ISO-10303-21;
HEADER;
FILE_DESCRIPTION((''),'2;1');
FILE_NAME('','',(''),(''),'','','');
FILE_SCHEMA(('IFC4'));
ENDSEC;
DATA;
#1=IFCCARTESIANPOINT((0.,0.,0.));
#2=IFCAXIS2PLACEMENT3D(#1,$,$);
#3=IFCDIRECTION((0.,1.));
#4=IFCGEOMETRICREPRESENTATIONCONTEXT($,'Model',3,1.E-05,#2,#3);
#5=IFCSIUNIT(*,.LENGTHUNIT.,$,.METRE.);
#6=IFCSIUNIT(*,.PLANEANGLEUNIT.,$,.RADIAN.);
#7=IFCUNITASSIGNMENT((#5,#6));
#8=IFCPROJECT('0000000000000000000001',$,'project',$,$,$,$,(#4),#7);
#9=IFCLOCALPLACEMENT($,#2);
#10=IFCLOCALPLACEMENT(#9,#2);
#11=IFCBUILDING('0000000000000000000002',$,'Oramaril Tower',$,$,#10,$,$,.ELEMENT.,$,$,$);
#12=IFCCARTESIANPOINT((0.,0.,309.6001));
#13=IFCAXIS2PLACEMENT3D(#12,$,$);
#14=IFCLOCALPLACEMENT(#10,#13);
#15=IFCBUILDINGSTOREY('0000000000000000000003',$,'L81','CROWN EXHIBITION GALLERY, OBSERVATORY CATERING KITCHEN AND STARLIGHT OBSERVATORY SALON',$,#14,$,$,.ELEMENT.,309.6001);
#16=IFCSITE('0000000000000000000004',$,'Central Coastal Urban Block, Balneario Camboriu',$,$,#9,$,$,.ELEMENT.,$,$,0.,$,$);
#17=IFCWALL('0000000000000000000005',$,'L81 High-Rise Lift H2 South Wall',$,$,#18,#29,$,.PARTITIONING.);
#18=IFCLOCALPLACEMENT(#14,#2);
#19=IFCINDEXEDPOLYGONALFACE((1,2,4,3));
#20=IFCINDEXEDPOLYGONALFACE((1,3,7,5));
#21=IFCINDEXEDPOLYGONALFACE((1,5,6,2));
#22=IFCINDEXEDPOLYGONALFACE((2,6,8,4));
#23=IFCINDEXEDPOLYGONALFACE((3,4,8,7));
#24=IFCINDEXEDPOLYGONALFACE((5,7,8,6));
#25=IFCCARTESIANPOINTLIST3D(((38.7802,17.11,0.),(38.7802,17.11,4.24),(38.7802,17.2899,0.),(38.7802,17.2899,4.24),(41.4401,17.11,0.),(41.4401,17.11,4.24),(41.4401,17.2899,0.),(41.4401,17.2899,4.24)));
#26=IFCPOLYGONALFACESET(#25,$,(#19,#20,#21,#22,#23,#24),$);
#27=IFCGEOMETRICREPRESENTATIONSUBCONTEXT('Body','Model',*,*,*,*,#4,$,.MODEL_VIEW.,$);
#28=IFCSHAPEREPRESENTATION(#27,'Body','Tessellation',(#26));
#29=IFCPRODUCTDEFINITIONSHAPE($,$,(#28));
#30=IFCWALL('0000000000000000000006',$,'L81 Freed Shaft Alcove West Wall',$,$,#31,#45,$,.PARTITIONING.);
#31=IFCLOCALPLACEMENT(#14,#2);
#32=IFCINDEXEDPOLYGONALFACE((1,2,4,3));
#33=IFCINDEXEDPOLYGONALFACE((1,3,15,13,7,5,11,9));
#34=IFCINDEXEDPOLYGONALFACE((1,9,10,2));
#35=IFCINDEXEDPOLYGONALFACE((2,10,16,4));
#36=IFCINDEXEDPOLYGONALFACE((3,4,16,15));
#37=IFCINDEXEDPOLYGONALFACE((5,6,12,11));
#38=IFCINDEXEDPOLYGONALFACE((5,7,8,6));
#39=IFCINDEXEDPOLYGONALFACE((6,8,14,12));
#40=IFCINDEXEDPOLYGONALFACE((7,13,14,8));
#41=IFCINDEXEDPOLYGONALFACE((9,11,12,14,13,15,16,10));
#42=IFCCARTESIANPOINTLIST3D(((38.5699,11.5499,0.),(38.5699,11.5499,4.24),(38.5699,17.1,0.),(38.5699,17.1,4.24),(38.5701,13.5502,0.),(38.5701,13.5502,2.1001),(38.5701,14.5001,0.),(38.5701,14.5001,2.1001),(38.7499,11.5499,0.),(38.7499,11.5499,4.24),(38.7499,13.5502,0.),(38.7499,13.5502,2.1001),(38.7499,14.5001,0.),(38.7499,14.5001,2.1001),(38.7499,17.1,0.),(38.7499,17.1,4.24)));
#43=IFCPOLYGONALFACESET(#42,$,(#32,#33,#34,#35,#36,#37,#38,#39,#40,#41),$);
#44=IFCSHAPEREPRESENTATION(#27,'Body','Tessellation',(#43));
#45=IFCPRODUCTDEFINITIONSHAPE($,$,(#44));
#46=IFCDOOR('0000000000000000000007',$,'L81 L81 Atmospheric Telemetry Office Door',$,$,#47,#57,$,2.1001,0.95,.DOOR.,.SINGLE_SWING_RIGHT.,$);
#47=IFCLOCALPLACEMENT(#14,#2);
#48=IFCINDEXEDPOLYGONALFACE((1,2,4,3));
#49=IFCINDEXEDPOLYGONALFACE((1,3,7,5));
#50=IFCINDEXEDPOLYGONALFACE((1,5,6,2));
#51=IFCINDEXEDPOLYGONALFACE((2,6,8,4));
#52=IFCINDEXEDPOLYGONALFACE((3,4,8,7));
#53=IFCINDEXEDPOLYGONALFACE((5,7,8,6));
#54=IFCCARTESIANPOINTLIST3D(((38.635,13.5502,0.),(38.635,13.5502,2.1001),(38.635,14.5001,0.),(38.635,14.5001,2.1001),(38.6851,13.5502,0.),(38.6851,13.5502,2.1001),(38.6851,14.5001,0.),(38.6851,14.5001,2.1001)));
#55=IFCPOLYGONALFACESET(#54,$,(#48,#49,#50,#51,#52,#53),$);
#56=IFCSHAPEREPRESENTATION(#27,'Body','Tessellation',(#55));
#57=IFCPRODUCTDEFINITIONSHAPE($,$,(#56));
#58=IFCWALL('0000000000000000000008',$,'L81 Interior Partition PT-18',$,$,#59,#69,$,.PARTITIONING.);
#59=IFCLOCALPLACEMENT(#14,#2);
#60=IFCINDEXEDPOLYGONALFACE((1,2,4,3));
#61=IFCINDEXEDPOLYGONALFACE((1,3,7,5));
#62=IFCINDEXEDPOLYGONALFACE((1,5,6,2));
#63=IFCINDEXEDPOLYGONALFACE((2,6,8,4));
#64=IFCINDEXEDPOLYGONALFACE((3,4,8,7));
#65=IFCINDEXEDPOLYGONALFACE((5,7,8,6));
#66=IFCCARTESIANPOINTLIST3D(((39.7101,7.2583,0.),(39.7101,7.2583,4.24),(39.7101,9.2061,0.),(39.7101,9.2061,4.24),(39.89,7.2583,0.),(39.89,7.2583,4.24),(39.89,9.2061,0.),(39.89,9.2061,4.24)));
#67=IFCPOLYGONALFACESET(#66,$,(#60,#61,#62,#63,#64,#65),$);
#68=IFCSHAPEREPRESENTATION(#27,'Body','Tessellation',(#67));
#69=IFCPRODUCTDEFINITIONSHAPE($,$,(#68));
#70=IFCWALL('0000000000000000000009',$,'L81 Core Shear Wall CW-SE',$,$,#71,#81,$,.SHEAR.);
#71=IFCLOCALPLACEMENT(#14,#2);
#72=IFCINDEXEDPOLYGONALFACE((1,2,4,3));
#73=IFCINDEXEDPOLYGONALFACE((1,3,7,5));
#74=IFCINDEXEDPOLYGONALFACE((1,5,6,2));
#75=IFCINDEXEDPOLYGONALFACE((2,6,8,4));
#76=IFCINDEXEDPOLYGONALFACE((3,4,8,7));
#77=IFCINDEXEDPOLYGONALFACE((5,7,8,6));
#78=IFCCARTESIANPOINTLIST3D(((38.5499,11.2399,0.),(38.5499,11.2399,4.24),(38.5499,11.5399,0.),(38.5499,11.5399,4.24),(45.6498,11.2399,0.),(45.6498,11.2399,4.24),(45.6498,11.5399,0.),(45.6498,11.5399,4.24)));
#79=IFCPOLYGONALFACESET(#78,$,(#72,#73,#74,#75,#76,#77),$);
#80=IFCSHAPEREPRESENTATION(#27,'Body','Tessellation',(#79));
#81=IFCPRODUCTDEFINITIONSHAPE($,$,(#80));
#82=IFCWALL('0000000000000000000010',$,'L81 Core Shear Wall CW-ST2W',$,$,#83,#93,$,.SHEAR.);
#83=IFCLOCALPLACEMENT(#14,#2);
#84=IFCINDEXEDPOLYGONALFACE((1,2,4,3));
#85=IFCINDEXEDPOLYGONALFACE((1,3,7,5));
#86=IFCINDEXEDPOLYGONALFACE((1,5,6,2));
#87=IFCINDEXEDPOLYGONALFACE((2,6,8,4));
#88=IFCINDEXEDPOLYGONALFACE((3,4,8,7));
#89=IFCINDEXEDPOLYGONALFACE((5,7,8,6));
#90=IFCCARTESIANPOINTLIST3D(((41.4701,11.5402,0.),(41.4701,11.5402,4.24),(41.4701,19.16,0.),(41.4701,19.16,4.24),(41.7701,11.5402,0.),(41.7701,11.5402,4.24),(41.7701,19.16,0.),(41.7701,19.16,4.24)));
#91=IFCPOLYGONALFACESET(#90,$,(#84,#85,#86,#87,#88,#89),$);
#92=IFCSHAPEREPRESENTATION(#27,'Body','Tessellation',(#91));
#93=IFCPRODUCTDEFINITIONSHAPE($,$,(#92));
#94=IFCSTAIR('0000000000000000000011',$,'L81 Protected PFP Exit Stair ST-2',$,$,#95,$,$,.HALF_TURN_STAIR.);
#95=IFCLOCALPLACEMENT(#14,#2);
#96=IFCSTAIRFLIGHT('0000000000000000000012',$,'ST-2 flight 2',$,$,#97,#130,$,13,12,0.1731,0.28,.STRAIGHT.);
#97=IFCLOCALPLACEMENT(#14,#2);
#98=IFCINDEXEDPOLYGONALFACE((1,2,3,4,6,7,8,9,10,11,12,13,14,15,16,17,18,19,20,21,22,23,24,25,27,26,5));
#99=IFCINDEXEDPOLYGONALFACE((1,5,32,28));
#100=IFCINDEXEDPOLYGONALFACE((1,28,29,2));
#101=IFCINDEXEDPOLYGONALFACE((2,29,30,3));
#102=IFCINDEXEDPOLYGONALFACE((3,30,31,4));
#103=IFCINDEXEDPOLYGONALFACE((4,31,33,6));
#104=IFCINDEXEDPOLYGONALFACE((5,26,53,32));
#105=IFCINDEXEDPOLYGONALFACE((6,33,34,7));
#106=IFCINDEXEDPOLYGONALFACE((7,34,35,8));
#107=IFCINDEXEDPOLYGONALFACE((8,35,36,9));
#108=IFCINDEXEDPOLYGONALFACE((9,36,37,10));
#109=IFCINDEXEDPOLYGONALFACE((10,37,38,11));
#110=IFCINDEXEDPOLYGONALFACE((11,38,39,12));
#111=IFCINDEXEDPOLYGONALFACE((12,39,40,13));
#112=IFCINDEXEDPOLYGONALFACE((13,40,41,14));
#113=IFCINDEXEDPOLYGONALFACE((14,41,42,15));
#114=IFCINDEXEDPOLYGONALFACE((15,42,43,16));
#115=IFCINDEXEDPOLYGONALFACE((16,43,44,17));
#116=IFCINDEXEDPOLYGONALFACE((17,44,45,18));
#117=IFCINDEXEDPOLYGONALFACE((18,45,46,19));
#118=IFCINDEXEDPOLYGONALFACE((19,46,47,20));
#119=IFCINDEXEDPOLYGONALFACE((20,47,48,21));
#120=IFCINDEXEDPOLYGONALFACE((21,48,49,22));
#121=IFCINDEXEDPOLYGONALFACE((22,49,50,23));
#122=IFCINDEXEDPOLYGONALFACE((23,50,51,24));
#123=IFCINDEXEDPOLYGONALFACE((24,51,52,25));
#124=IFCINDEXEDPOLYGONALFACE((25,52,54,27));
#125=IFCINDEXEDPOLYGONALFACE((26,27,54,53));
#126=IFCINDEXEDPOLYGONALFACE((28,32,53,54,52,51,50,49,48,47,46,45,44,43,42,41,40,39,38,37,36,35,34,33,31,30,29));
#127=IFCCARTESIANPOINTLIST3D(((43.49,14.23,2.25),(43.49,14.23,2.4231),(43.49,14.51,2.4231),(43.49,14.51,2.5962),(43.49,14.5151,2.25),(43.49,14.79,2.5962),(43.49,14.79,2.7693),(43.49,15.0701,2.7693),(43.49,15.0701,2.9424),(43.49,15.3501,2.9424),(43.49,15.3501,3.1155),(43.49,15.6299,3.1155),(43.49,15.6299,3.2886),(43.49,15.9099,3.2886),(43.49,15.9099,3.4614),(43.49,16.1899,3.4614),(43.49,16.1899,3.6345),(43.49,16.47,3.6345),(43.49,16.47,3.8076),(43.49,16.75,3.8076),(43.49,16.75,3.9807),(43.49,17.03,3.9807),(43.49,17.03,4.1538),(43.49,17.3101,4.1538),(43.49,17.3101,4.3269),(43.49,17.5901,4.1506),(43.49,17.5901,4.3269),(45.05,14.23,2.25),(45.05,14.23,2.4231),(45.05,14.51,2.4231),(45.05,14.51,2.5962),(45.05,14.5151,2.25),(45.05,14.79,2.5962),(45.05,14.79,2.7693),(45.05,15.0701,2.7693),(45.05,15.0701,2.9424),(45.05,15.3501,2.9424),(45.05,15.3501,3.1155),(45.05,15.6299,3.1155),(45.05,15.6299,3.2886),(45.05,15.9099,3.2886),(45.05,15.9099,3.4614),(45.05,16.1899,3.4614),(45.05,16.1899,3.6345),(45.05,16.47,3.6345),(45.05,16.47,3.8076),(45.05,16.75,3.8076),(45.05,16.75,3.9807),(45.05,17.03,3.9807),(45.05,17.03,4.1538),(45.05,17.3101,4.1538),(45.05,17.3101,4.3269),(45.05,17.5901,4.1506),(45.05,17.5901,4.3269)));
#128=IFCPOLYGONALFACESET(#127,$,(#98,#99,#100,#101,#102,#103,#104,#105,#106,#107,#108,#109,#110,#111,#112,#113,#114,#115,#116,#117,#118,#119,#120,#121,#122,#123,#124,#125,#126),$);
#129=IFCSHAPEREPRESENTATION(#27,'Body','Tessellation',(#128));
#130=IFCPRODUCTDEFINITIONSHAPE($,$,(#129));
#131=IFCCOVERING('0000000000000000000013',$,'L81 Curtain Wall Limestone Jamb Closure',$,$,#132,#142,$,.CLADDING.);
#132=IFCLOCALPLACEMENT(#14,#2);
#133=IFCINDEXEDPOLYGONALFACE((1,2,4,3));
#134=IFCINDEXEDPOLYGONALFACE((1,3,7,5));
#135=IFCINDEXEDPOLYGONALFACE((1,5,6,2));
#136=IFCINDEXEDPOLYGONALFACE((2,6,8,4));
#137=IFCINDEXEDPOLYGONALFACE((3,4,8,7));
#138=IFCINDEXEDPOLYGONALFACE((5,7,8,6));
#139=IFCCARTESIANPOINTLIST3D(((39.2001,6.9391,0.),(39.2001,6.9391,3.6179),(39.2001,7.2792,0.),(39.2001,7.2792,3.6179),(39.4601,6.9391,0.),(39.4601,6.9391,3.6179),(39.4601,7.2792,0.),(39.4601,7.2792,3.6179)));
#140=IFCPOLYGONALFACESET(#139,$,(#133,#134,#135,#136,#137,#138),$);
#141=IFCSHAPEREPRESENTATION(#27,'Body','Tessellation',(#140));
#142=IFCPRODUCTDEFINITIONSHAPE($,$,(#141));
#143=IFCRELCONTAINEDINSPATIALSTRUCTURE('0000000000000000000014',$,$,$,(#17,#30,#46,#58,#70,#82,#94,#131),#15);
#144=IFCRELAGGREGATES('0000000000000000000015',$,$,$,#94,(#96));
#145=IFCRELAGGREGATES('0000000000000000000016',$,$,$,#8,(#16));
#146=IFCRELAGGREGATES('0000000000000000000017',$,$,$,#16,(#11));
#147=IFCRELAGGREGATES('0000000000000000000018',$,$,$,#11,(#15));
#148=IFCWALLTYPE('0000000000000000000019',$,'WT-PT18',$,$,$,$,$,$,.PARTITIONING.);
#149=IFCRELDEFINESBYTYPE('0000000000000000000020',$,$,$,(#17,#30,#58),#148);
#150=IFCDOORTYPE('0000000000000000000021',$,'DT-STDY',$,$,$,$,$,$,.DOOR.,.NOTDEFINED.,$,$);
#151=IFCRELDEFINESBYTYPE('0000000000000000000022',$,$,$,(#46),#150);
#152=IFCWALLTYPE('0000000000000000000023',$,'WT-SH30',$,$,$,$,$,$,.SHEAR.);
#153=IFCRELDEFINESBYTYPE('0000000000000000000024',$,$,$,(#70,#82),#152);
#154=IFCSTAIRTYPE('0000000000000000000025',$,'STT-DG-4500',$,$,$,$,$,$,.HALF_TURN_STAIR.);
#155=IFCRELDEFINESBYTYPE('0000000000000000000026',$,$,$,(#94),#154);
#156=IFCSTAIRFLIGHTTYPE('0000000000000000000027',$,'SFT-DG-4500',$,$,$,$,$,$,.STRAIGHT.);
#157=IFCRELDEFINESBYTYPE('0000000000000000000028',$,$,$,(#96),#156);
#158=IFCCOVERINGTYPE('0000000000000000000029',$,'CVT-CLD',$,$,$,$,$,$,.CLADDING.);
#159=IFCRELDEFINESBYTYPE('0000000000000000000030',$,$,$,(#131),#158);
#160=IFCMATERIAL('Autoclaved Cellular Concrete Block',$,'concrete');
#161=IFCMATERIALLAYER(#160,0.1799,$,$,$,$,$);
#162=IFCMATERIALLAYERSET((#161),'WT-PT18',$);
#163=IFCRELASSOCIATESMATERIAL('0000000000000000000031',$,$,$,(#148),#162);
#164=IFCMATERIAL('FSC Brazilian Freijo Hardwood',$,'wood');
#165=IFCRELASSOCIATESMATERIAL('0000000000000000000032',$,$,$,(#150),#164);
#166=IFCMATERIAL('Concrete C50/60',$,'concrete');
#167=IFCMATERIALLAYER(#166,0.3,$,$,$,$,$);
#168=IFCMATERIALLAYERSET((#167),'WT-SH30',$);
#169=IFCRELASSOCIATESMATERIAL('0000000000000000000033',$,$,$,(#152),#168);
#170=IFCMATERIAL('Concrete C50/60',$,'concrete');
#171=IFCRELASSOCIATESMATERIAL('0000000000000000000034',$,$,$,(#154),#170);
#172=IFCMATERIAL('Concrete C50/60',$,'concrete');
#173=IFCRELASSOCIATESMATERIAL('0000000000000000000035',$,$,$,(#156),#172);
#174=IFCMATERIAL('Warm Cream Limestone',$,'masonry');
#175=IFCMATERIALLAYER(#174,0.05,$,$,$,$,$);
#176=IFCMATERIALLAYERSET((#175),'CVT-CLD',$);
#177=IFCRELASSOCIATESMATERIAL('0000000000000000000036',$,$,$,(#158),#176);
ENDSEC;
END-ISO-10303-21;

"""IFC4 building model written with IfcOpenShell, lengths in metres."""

from ifc_helpers import new_model, si_unit, direction, frame, frame_2d, origin, origin_2d, place, context, subcontext, project, spatial, polyline, rectangle, outline, extrude, material, layer, layer_set, type_object, element, fill, aggregate, save


model = new_model("IFC4")

# Units and contexts
model_context = context("Model", 3, precision=1e-05, world=origin(), true_north=direction((0.0, 1.0)))
body_context = subcontext(model_context, "Body", "Model", "MODEL_VIEW")
ifc_project = project(units=[si_unit("LENGTHUNIT", "METRE"), si_unit("PLANEANGLEUNIT", "RADIAN")], contexts=[model_context])

# Site, building, storey
site_placement = place(None, origin())
site = spatial("IfcSite", under=ifc_project, at=site_placement, Name="Central Coastal Urban Block, Balneario Camboriu", CompositionType="ELEMENT", RefElevation=0.0)
building_placement = place(site_placement, origin())
building = spatial("IfcBuilding", under=site, at=building_placement, Name="Oramaril Tower", CompositionType="ELEMENT")
storey_placement = place(building_placement, frame((0.0, 0.0, 309.6001)))
storey = spatial("IfcBuildingStorey", under=building, at=storey_placement, Name="L81", Description="CROWN EXHIBITION GALLERY, OBSERVATORY CATERING KITCHEN AND STARLIGHT OBSERVATORY SALON", CompositionType="ELEMENT", Elevation=309.6001)

# Shared definitions
ifc_material_1 = material(Name="Autoclaved Cellular Concrete Block", Category="concrete")
ifc_layer_1 = layer(ifc_material_1, 0.1799)
ifc_layer_set_1 = layer_set([ifc_layer_1], Name="WT-PT18")
wall_type_1 = type_object("IfcWallType", Name="WT-PT18", PredefinedType="PARTITIONING", material=ifc_layer_set_1)
ifc_material_2 = material(Name="FSC Brazilian Freijo Hardwood", Category="wood")
door_type_1 = type_object("IfcDoorType", Name="DT-STDY", OperationType="NOTDEFINED", PredefinedType="DOOR", material=ifc_material_2)

# Wall
wall_1_placement = place(storey_placement, frame((38.78, 17.2, 0.0), z_axis=(0.0, 0.0, 1.0), x_axis=(1.0, 0.0, 0.0)))
element("IfcWall", 1, at=wall_1_placement, inside=storey, type_object=wall_type_1, Name="L81 High-Rise Lift H2 South Wall", PredefinedType="PARTITIONING", context=body_context, shape_type="SweptSolid", body=[
    extrude(rectangle(XDim=2.6599, YDim=0.1799, at=frame_2d((1.3301, 0.0))), origin(), (0.0, 0.0, 1.0), 4.24),
])

# Wall, opening, door
wall_2_placement = place(storey_placement, frame((38.6599, 11.55, 0.0), z_axis=(0.0, 0.0, 1.0), x_axis=(0.0, 1.0, 0.0)))
wall_2 = element("IfcWall", 2, at=wall_2_placement, inside=storey, type_object=wall_type_1, Name="L81 Freed Shaft Alcove West Wall", PredefinedType="PARTITIONING", context=body_context, shape_type="SweptSolid", body=[
    extrude(rectangle(XDim=5.55, YDim=0.1799, at=frame_2d((2.7749, 0.0))), origin(), (0.0, 0.0, 1.0), 4.24),
])
opening_1_placement = place(wall_2_placement, frame((2.0, 0.0, 0.0)))
opening_1 = element("IfcOpeningElement", 3, at=opening_1_placement, cuts=wall_2, PredefinedType="OPENING", context=body_context, shape_type="SweptSolid", body=[
    extrude(rectangle(XDim=0.95, YDim=2.1001, at=frame_2d((0.4751, 1.05))), frame((0.0, 0.0898, 0.0), z_axis=(0.0, -1.0, 0.0), x_axis=(1.0, 0.0, 0.0)), (0.0, 0.0, 1.0), 0.1799),
])
door_1_placement = place(opening_1_placement, origin())
door_1 = element("IfcDoor", 4, at=door_1_placement, inside=storey, type_object=door_type_1, Name="L81 L81 Atmospheric Telemetry Office Door", OperationType="SINGLE_SWING_RIGHT", OverallHeight=2.1001, OverallWidth=0.95, PredefinedType="DOOR", context=body_context, shape_type="SweptSolid", body=[
    extrude(rectangle(XDim=0.95, YDim=2.1001, at=frame_2d((0.4751, 1.05))), frame((0.0, 0.0249, 0.0), z_axis=(0.0, -1.0, 0.0), x_axis=(1.0, 0.0, 0.0)), (0.0, 0.0, 1.0), 0.05),
])
fill(opening_1, door_1)

# Walls
wall_3_placement = place(storey_placement, frame((39.8, 7.2583, 0.0), z_axis=(0.0, 0.0, 1.0), x_axis=(0.0, 1.0, 0.0)))
element("IfcWall", 5, at=wall_3_placement, inside=storey, type_object=wall_type_1, Name="L81 Interior Partition PT-18", PredefinedType="PARTITIONING", context=body_context, shape_type="SweptSolid", body=[
    extrude(rectangle(XDim=1.9478, YDim=0.1799, at=frame_2d((0.9739, 0.0))), origin(), (0.0, 0.0, 1.0), 4.24),
])
ifc_material_3 = material(Name="Concrete C50/60", Category="concrete")
ifc_layer_2 = layer(ifc_material_3, 0.3)
ifc_layer_set_2 = layer_set([ifc_layer_2], Name="WT-SH30")
wall_type_2 = type_object("IfcWallType", Name="WT-SH30", PredefinedType="SHEAR", material=ifc_layer_set_2)
wall_4_placement = place(storey_placement, frame((38.55, 11.3899, 0.0), z_axis=(0.0, 0.0, 1.0), x_axis=(1.0, 0.0, 0.0)))
element("IfcWall", 6, at=wall_4_placement, inside=storey, type_object=wall_type_2, Name="L81 Core Shear Wall CW-SE", PredefinedType="SHEAR", context=body_context, shape_type="SweptSolid", body=[
    extrude(rectangle(XDim=7.0999, YDim=0.3, at=frame_2d((3.5498, 0.0))), origin(), (0.0, 0.0, 1.0), 4.24),
])
wall_5_placement = place(storey_placement, frame((41.6201, 11.54, 0.0), z_axis=(0.0, 0.0, 1.0), x_axis=(0.0, 1.0, 0.0)))
element("IfcWall", 7, at=wall_5_placement, inside=storey, type_object=wall_type_2, Name="L81 Core Shear Wall CW-ST2W", PredefinedType="SHEAR", context=body_context, shape_type="SweptSolid", body=[
    extrude(rectangle(XDim=7.6199, YDim=0.3, at=frame_2d((3.8101, 0.0))), origin(), (0.0, 0.0, 1.0), 4.24),
])

# Stair, stair flight
ifc_material_4 = material(Name="Concrete C50/60", Category="concrete")
stair_type = type_object("IfcStairType", Name="STT-DG-4500", PredefinedType="HALF_TURN_STAIR", material=ifc_material_4)
stair_placement = place(storey_placement, origin())
stair = element("IfcStair", 8, at=stair_placement, inside=storey, type_object=stair_type, Name="L81 Protected PFP Exit Stair ST-2", PredefinedType="HALF_TURN_STAIR")
ifc_material_5 = material(Name="Concrete C50/60", Category="concrete")
stair_flight_type = type_object("IfcStairFlightType", Name="SFT-DG-4500", PredefinedType="STRAIGHT", material=ifc_material_5)
stair_flight_placement = place(storey_placement, frame((44.27, 14.23, 2.25), z_axis=(0.0, 0.0, 1.0), x_axis=(0.0, 1.0, 0.0)))
stair_flight = element("IfcStairFlight", 9, at=stair_flight_placement, type_object=stair_flight_type, Name="ST-2 flight 2", NumberOfRisers=13, NumberOfTreads=12, PredefinedType="STRAIGHT", RiserHeight=0.1731, TreadLength=0.28, context=body_context, shape_type="SweptSolid", body=[
    extrude(outline(polyline([(0.0, 0.0), (0.0, 0.1731), (0.28, 0.1731), (0.28, 0.3462), (0.5601, 0.3462), (0.5601, 0.5193), (0.8401, 0.5193), (0.8401, 0.6924), (1.1201, 0.6924), (1.1201, 0.8655), (1.3999, 0.8655), (1.3999, 1.0386), (1.6799, 1.0386), (1.6799, 1.2114), (1.96, 1.2114), (1.96, 1.3845), (2.24, 1.3845), (2.24, 1.5576), (2.52, 1.5576), (2.52, 1.7307), (2.8, 1.7307), (2.8, 1.9038), (3.0801, 1.9038), (3.0801, 2.0769), (3.3601, 2.0769), (3.3601, 2.25), (3.3601, 1.9006), (0.2852, 0.0), (0.0, 0.0)])), frame((0.0, 0.78, 0.0), z_axis=(0.0, -1.0, 0.0), x_axis=(1.0, 0.0, 0.0)), (0.0, 0.0, 1.0), 1.5601),
])
aggregate(stair, [stair_flight])

# Covering
ifc_material_6 = material(Name="Warm Cream Limestone", Category="masonry")
ifc_layer_3 = layer(ifc_material_6, 0.05)
ifc_layer_set_3 = layer_set([ifc_layer_3], Name="CVT-CLD")
covering_type = type_object("IfcCoveringType", Name="CVT-CLD", PredefinedType="CLADDING", material=ifc_layer_set_3)
covering_placement = place(storey_placement, frame((39.3301, 7.1091, 0.0), z_axis=(0.0, 0.0, 1.0), x_axis=(1.0, 0.0, 0.0)))
element("IfcCovering", 10, at=covering_placement, inside=storey, type_object=covering_type, Name="L81 Curtain Wall Limestone Jamb Closure", PredefinedType="CLADDING", context=body_context, shape_type="SweptSolid", body=[
    extrude(rectangle(XDim=0.26, YDim=0.3401, at=origin_2d()), origin(), (0.0, 0.0, 1.0), 3.6179),
])

save(model, "model.ifc")
